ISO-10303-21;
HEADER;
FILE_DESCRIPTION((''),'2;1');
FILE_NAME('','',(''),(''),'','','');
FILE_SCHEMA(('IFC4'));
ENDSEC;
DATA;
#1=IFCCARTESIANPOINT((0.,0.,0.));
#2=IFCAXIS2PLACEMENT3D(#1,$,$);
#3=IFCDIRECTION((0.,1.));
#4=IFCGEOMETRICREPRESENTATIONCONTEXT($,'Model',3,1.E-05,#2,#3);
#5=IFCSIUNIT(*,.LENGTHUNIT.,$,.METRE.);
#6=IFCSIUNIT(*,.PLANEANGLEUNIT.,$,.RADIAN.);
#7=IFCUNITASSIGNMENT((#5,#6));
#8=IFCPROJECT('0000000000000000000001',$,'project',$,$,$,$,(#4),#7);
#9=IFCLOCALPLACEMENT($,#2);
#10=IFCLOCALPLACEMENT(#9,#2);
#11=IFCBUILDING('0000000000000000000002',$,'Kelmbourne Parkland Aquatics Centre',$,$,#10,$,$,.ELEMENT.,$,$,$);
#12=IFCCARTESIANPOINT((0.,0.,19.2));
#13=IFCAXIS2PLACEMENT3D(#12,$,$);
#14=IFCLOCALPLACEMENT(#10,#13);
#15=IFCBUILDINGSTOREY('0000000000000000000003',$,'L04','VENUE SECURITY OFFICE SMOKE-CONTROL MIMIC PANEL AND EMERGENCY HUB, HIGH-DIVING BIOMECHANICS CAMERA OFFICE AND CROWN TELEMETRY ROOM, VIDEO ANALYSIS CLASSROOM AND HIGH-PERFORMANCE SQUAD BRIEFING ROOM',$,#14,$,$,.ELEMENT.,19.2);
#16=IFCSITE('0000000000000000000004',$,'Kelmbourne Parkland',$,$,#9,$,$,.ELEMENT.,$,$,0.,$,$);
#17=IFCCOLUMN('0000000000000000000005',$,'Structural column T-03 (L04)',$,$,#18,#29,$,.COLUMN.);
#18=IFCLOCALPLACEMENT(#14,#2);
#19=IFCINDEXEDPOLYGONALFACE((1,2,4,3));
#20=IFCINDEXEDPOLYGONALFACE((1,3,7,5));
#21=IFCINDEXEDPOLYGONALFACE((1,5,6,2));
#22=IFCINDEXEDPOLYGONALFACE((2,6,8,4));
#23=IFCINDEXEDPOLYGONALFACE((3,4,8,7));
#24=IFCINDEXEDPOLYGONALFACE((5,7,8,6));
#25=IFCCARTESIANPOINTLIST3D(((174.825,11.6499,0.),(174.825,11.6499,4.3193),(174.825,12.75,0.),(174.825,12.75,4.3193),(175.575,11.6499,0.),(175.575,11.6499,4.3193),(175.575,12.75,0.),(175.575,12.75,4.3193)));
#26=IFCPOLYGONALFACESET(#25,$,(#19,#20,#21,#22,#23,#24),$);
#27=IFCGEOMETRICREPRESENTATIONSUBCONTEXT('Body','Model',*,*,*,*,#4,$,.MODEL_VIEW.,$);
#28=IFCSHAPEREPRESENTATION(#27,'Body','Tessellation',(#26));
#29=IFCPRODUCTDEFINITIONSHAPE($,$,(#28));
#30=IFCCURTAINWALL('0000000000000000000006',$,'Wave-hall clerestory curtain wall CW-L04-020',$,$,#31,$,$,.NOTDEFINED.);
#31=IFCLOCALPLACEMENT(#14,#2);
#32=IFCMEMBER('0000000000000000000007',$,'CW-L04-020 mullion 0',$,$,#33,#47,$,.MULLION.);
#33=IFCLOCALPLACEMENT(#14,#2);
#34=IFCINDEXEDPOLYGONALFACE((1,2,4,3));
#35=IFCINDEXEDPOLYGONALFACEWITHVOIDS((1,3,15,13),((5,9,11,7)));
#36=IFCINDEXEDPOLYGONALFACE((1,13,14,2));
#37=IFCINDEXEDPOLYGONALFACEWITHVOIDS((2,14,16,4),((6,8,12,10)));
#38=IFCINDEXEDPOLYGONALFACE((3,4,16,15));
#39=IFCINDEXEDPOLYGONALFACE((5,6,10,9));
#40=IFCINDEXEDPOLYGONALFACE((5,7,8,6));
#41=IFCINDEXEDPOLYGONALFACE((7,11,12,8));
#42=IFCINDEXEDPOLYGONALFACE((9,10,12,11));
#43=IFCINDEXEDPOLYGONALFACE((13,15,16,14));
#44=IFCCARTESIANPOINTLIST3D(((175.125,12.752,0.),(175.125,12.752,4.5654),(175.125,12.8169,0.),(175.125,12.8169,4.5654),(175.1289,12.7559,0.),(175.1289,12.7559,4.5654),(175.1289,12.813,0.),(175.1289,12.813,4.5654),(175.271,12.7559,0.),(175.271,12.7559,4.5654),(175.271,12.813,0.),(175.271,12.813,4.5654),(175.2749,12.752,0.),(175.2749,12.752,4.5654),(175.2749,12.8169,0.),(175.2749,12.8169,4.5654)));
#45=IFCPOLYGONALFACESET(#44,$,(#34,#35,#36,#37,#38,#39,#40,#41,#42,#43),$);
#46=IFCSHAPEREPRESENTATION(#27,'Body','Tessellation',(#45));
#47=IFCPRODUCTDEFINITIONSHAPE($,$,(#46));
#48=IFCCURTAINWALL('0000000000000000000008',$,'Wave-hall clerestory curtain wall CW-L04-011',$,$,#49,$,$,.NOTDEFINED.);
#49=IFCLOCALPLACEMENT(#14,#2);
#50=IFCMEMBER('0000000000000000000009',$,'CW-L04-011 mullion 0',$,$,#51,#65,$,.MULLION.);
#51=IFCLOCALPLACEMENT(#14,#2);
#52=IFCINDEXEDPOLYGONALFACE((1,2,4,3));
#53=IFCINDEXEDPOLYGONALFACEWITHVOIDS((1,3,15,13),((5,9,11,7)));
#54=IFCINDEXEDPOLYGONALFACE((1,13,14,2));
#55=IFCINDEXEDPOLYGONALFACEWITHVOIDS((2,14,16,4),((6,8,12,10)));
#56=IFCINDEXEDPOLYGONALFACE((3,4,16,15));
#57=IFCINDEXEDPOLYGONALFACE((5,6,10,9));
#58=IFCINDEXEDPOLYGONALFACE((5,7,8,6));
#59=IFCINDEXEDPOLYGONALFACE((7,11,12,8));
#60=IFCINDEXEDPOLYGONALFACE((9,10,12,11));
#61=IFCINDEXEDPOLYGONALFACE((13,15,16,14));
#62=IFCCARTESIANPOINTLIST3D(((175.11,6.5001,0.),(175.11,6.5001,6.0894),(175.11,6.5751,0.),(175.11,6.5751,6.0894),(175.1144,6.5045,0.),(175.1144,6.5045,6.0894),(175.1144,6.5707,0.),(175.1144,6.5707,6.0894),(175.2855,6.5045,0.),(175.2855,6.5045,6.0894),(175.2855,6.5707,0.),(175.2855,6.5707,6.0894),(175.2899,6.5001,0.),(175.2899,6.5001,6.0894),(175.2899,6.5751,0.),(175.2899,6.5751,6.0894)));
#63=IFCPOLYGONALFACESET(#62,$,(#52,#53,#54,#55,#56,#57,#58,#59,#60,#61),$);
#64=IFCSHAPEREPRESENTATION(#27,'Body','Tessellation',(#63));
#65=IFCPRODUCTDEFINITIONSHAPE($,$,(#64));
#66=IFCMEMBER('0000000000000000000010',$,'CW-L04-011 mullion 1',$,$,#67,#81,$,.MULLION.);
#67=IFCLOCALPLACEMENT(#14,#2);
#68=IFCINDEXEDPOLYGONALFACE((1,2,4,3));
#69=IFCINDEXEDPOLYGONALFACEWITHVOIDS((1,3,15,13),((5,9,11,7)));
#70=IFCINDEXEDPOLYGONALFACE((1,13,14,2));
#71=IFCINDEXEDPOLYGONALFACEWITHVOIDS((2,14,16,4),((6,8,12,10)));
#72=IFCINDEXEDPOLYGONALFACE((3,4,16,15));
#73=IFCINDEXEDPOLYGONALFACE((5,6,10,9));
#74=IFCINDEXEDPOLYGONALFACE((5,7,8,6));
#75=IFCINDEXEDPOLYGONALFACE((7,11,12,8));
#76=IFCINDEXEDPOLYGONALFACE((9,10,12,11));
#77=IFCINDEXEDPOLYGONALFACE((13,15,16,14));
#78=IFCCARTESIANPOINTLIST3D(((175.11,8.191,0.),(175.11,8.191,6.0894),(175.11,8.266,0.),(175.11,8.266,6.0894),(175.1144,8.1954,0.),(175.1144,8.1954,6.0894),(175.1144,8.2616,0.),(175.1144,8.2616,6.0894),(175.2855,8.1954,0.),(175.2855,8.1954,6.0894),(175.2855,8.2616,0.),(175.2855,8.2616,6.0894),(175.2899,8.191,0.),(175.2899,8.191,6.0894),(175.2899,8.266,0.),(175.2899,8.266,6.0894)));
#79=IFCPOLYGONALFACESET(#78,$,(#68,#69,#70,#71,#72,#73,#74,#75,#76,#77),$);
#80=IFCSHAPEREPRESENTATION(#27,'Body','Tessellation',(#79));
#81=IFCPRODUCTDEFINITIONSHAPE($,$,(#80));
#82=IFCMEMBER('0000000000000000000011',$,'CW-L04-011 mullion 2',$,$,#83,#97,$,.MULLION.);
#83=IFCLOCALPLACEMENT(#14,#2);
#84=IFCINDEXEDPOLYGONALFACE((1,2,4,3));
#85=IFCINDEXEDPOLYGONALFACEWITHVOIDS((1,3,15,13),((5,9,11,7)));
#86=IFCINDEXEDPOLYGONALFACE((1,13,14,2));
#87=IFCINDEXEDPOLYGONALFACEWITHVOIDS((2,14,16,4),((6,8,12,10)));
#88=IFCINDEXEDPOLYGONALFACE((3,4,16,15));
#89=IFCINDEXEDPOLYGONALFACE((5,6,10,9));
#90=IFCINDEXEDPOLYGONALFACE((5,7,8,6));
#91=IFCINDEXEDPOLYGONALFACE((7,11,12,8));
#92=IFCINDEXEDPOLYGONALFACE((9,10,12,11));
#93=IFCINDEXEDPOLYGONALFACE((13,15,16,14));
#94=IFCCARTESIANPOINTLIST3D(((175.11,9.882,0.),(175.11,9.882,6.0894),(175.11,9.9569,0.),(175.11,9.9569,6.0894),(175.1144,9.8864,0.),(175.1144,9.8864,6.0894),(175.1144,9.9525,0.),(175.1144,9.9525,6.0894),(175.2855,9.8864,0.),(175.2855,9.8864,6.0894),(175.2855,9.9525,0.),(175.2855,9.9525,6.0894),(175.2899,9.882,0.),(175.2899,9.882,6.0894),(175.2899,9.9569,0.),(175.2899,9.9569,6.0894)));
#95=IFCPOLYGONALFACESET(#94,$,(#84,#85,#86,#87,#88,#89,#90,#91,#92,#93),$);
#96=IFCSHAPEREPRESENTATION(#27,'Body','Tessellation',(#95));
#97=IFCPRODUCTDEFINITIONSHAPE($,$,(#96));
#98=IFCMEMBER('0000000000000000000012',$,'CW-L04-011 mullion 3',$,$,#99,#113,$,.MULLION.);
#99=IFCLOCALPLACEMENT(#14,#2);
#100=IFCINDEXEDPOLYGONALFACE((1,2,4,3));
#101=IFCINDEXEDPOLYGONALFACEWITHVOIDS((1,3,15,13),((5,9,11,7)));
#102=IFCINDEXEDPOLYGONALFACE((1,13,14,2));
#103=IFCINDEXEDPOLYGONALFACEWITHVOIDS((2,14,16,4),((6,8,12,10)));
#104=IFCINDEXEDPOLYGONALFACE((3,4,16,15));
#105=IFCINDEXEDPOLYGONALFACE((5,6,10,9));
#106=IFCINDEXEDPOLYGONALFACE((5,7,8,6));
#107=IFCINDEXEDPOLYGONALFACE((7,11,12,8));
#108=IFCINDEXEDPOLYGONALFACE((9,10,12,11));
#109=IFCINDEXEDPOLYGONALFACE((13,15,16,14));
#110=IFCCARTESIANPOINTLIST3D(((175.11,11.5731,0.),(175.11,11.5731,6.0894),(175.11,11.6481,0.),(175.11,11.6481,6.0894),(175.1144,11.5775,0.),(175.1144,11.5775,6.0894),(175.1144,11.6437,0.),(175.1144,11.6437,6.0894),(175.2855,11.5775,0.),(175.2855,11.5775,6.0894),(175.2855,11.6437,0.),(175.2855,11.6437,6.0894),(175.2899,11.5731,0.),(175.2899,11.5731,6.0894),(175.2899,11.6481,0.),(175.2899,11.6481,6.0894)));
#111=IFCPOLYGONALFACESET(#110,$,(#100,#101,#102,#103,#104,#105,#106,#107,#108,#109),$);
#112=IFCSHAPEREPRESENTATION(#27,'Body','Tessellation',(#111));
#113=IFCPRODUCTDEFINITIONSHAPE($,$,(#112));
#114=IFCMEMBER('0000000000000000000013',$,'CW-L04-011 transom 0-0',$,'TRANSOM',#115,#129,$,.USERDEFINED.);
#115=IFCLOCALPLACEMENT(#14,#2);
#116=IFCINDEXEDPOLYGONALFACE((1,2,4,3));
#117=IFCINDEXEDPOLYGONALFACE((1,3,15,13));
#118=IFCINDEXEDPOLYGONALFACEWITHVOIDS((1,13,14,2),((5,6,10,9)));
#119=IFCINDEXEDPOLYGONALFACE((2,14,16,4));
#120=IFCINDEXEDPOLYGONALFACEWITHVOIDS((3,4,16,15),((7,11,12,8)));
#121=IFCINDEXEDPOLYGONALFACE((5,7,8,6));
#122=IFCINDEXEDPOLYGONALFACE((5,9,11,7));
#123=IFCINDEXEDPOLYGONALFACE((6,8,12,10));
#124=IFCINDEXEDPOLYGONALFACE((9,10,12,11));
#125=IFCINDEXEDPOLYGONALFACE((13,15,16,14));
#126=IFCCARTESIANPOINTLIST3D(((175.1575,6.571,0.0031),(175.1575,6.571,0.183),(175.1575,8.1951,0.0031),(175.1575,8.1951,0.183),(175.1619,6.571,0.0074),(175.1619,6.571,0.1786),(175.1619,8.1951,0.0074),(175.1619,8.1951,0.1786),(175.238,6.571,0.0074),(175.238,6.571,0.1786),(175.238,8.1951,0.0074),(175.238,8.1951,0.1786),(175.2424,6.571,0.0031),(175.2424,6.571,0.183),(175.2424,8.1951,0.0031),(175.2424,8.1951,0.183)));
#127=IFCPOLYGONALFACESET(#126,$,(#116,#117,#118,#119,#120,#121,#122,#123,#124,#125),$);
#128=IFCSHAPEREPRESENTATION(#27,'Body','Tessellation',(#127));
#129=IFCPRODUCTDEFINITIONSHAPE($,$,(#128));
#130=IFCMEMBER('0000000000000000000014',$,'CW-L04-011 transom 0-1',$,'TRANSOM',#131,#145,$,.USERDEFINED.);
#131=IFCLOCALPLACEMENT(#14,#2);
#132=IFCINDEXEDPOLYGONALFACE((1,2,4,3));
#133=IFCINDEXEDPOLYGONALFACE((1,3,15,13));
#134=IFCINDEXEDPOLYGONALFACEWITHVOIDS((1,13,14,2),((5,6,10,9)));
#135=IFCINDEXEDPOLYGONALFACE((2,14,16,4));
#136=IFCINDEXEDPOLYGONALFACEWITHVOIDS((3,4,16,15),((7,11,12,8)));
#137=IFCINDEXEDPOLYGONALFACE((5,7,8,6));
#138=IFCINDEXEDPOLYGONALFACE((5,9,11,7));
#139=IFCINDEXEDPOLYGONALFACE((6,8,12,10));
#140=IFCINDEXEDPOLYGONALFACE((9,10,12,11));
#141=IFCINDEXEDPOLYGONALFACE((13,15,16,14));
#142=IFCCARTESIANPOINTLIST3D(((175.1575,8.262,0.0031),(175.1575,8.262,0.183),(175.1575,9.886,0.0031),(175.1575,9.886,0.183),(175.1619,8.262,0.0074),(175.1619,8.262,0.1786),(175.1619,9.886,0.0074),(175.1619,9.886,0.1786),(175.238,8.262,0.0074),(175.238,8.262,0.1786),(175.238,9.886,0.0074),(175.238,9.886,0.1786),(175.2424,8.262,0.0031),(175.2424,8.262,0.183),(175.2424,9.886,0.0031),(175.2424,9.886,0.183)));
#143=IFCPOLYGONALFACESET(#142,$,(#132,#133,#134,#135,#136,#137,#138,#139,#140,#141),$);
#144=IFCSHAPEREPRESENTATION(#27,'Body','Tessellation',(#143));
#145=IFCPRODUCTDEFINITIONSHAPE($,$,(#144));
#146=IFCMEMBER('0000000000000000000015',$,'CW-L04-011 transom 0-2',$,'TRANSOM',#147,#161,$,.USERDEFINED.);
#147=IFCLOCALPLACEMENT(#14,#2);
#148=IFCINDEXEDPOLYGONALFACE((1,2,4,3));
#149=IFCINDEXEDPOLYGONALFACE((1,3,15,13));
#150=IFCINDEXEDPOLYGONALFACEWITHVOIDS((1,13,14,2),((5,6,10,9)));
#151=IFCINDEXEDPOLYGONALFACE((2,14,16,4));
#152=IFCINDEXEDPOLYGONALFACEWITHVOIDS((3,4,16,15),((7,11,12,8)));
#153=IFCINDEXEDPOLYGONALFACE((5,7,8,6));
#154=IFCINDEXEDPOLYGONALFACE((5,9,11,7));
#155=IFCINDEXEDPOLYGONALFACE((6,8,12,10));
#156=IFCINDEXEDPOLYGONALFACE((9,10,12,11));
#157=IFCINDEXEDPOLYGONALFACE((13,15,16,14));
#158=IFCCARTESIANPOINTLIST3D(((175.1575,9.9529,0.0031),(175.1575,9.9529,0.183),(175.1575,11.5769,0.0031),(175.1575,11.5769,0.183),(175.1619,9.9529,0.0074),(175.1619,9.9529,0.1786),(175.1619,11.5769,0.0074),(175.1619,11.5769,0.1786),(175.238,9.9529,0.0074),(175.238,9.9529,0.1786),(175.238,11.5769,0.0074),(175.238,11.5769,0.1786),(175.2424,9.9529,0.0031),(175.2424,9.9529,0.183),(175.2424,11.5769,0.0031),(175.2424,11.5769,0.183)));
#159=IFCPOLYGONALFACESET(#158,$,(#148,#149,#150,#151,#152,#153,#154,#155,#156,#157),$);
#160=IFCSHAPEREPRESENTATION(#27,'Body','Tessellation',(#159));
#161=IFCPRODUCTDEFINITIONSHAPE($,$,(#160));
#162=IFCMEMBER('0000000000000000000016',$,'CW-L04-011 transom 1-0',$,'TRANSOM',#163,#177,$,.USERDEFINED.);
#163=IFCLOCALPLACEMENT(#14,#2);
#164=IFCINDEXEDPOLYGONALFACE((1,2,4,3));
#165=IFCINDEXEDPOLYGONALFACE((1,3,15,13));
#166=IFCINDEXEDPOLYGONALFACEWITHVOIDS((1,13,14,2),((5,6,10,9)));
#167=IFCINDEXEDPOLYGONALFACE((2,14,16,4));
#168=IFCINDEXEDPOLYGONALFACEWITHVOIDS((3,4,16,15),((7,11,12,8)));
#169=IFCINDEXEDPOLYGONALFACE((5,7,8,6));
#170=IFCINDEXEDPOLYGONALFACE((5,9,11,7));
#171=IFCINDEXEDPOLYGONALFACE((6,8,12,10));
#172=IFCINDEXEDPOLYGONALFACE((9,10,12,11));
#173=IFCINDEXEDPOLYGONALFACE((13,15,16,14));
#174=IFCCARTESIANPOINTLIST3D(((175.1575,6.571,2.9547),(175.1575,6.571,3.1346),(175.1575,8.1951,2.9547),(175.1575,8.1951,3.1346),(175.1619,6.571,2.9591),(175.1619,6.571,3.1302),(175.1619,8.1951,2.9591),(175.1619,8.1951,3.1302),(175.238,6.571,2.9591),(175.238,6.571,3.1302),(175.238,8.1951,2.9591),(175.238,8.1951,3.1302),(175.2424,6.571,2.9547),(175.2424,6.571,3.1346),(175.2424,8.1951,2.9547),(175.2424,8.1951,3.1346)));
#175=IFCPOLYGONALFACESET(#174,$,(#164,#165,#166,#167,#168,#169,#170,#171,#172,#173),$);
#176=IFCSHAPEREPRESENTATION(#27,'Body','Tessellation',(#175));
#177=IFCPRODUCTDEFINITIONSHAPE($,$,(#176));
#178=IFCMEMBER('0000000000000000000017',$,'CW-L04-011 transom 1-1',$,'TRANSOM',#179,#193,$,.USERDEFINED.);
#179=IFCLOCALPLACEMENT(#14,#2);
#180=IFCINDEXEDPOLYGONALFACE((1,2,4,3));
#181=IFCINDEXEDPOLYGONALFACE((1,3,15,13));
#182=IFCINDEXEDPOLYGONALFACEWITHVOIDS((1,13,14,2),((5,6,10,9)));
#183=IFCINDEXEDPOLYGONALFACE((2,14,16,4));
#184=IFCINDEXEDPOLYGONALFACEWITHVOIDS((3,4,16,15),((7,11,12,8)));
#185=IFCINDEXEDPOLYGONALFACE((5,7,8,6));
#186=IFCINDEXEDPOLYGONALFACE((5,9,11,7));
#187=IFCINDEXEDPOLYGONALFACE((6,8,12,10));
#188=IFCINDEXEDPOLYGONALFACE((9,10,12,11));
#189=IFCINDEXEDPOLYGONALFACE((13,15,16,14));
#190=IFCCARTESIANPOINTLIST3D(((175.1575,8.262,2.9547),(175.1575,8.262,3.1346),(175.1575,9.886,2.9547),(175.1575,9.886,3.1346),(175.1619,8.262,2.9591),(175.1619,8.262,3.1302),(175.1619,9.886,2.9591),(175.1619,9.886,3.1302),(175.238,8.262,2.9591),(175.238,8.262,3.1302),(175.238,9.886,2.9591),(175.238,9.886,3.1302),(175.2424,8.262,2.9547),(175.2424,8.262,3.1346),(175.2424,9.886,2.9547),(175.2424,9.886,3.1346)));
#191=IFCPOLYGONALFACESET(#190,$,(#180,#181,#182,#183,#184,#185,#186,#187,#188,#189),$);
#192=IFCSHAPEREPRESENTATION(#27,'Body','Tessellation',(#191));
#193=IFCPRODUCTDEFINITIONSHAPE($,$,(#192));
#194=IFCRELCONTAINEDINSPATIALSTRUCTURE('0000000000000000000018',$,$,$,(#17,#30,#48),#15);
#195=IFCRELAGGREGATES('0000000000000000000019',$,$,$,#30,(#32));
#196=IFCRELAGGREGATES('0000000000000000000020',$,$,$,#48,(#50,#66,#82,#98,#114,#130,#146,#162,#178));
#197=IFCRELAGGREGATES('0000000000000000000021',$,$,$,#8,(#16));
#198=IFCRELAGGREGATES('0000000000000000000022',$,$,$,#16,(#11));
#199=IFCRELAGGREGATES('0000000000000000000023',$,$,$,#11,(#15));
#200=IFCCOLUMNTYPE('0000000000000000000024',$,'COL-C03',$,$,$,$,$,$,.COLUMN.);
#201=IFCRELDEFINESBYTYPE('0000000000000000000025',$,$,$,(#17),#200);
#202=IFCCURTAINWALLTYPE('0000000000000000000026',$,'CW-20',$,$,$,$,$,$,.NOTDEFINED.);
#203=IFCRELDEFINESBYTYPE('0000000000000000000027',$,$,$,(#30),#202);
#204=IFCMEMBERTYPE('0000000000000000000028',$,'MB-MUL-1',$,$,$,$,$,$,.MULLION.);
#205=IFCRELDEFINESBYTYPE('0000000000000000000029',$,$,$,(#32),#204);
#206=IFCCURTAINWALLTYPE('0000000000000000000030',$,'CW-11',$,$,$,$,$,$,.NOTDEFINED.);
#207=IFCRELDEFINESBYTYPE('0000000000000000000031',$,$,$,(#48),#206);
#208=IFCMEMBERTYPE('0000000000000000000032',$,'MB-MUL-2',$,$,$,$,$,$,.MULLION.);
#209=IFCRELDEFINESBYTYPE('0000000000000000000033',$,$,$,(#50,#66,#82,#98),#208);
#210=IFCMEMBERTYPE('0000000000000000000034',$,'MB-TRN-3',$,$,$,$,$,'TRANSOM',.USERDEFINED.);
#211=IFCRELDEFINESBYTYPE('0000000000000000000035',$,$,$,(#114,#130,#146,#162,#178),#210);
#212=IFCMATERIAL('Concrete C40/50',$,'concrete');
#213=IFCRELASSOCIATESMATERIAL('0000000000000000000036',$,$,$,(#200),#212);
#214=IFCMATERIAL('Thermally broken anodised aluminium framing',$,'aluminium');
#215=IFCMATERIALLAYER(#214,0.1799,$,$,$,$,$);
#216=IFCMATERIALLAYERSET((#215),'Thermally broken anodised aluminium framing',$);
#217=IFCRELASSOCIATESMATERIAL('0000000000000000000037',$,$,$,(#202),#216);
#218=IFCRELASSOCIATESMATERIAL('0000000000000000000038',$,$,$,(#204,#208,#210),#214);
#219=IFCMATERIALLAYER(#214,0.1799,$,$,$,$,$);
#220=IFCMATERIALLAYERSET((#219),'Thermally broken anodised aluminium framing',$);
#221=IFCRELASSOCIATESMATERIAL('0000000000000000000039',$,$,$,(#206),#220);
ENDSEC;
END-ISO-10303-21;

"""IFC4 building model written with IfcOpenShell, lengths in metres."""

from ifc_helpers import new_model, si_unit, direction, frame, origin, origin_2d, place, context, subcontext, project, spatial, rectangle, hollow_rectangle, extrude, material, layer, layer_set, material_profile, profile_set, type_object, element, aggregate, save


model = new_model("IFC4")

# Units and contexts
model_context = context("Model", 3, precision=1e-05, world=origin(), true_north=direction((0.0, 1.0)))
body_context = subcontext(model_context, "Body", "Model", "MODEL_VIEW")
ifc_project = project(units=[si_unit("LENGTHUNIT", "METRE"), si_unit("PLANEANGLEUNIT", "RADIAN")], contexts=[model_context])

# Site, building, storey
site_placement = place(None, origin())
site = spatial("IfcSite", under=ifc_project, at=site_placement, Name="Kelmbourne Parkland", CompositionType="ELEMENT", RefElevation=0.0)
building_placement = place(site_placement, origin())
building = spatial("IfcBuilding", under=site, at=building_placement, Name="Kelmbourne Parkland Aquatics Centre", CompositionType="ELEMENT")
storey_placement = place(building_placement, frame((0.0, 0.0, 19.2)))
storey = spatial("IfcBuildingStorey", under=building, at=storey_placement, Name="L04", Description="VENUE SECURITY OFFICE SMOKE-CONTROL MIMIC PANEL AND EMERGENCY HUB, HIGH-DIVING BIOMECHANICS CAMERA OFFICE AND CROWN TELEMETRY ROOM, VIDEO ANALYSIS CLASSROOM AND HIGH-PERFORMANCE SQUAD BRIEFING ROOM", CompositionType="ELEMENT", Elevation=19.2)

# Column
ifc_material_1 = material(Name="Concrete C40/50", Category="concrete")
ifc_material_profile_1 = material_profile(ifc_material_1, rectangle(XDim=0.75, YDim=1.1001, at=origin_2d()), Name="RC 750x1100")
ifc_profile_set_1 = profile_set([ifc_material_profile_1], Name="Concrete C40/50")
column_type = type_object("IfcColumnType", Name="COL-C03", PredefinedType="COLUMN", material=ifc_profile_set_1)
column_placement = place(storey_placement, frame((175.2, 12.2, 0.0), z_axis=(0.0, 0.0, 1.0), x_axis=(1.0, 0.0, 0.0)))
element("IfcColumn", 1, at=column_placement, inside=storey, type_object=column_type, Name="Structural column T-03 (L04)", PredefinedType="COLUMN", context=body_context, shape_type="SweptSolid", body=[
    extrude(rectangle(XDim=0.75, YDim=1.1001, at=origin_2d()), origin(), (0.0, 0.0, 1.0), 4.3193),
])

# Curtain wall, member
ifc_material_2 = material(Name="Thermally broken anodised aluminium framing", Category="aluminium")
ifc_layer_1 = layer(ifc_material_2, 0.1799)
ifc_layer_set_1 = layer_set([ifc_layer_1], Name="Thermally broken anodised aluminium framing")
curtain_wall_type_1 = type_object("IfcCurtainWallType", Name="CW-20", PredefinedType="NOTDEFINED", material=ifc_layer_set_1)
curtain_wall_1_placement = place(storey_placement, origin())
curtain_wall_1 = element("IfcCurtainWall", 2, at=curtain_wall_1_placement, inside=storey, type_object=curtain_wall_type_1, Name="Wave-hall clerestory curtain wall CW-L04-020", PredefinedType="NOTDEFINED")
ifc_material_profile_2 = material_profile(ifc_material_2, hollow_rectangle(XDim=0.0649, YDim=0.1499, WallThickness=0.0039, at=origin_2d()), Name="CW-M 65x150")
ifc_profile_set_2 = profile_set([ifc_material_profile_2], Name="Thermally broken anodised aluminium framing")
member_type_1 = type_object("IfcMemberType", Name="MB-MUL-1", PredefinedType="MULLION", material=ifc_profile_set_2)
member_1_placement = place(storey_placement, frame((175.2, 12.7844, 0.0), z_axis=(0.0, 0.0, 1.0), x_axis=(0.0, 1.0, 0.0)))
member_1 = element("IfcMember", 3, at=member_1_placement, type_object=member_type_1, Name="CW-L04-020 mullion 0", PredefinedType="MULLION", context=body_context, shape_type="SweptSolid", body=[
    extrude(hollow_rectangle(XDim=0.0649, YDim=0.1499, WallThickness=0.0039, at=origin_2d()), origin(), (0.0, 0.0, 1.0), 4.5654),
])

# Curtain wall, members
ifc_layer_2 = layer(ifc_material_2, 0.1799)
ifc_layer_set_2 = layer_set([ifc_layer_2], Name="Thermally broken anodised aluminium framing")
curtain_wall_type_2 = type_object("IfcCurtainWallType", Name="CW-11", PredefinedType="NOTDEFINED", material=ifc_layer_set_2)
curtain_wall_2_placement = place(storey_placement, origin())
curtain_wall_2 = element("IfcCurtainWall", 4, at=curtain_wall_2_placement, inside=storey, type_object=curtain_wall_type_2, Name="Wave-hall clerestory curtain wall CW-L04-011", PredefinedType="NOTDEFINED")
ifc_material_profile_3 = material_profile(ifc_material_2, hollow_rectangle(XDim=0.075, YDim=0.1799, WallThickness=0.0044, at=origin_2d()), Name="CW-M 75x180")
ifc_profile_set_3 = profile_set([ifc_material_profile_3], Name="Thermally broken anodised aluminium framing")
member_type_2 = type_object("IfcMemberType", Name="MB-MUL-2", PredefinedType="MULLION", material=ifc_profile_set_3)
member_2_placement = place(storey_placement, frame((175.2, 6.5376, 0.0), z_axis=(0.0, 0.0, 1.0), x_axis=(0.0, 1.0, 0.0)))
member_2 = element("IfcMember", 5, at=member_2_placement, type_object=member_type_2, Name="CW-L04-011 mullion 0", PredefinedType="MULLION", context=body_context, shape_type="SweptSolid", body=[
    extrude(hollow_rectangle(XDim=0.075, YDim=0.1799, WallThickness=0.0044, at=origin_2d()), origin(), (0.0, 0.0, 1.0), 6.0894),
])
member_3_placement = place(storey_placement, frame((175.2, 8.2285, 0.0), z_axis=(0.0, 0.0, 1.0), x_axis=(0.0, 1.0, 0.0)))
member_3 = element("IfcMember", 6, at=member_3_placement, type_object=member_type_2, Name="CW-L04-011 mullion 1", PredefinedType="MULLION", context=body_context, shape_type="SweptSolid", body=[
    extrude(hollow_rectangle(XDim=0.075, YDim=0.1799, WallThickness=0.0044, at=origin_2d()), origin(), (0.0, 0.0, 1.0), 6.0894),
])
member_4_placement = place(storey_placement, frame((175.2, 9.9194, 0.0), z_axis=(0.0, 0.0, 1.0), x_axis=(0.0, 1.0, 0.0)))
member_4 = element("IfcMember", 7, at=member_4_placement, type_object=member_type_2, Name="CW-L04-011 mullion 2", PredefinedType="MULLION", context=body_context, shape_type="SweptSolid", body=[
    extrude(hollow_rectangle(XDim=0.075, YDim=0.1799, WallThickness=0.0044, at=origin_2d()), origin(), (0.0, 0.0, 1.0), 6.0894),
])
member_5_placement = place(storey_placement, frame((175.2, 11.6106, 0.0), z_axis=(0.0, 0.0, 1.0), x_axis=(0.0, 1.0, 0.0)))
member_5 = element("IfcMember", 8, at=member_5_placement, type_object=member_type_2, Name="CW-L04-011 mullion 3", PredefinedType="MULLION", context=body_context, shape_type="SweptSolid", body=[
    extrude(hollow_rectangle(XDim=0.075, YDim=0.1799, WallThickness=0.0044, at=origin_2d()), origin(), (0.0, 0.0, 1.0), 6.0894),
])
ifc_material_profile_4 = material_profile(ifc_material_2, hollow_rectangle(XDim=0.085, YDim=0.1799, WallThickness=0.0044, at=origin_2d()), Name="CW-T 85x180")
ifc_profile_set_4 = profile_set([ifc_material_profile_4], Name="Thermally broken anodised aluminium framing")
member_type_3 = type_object("IfcMemberType", Name="MB-TRN-3", ElementType="TRANSOM", PredefinedType="USERDEFINED", material=ifc_profile_set_4)
member_6_placement = place(storey_placement, frame((175.2, 6.571, 0.093), z_axis=(0.0, 1.0, 0.0), x_axis=(-1.0, 0.0, 0.0)))
member_6 = element("IfcMember", 9, at=member_6_placement, type_object=member_type_3, Name="CW-L04-011 transom 0-0", ObjectType="TRANSOM", PredefinedType="USERDEFINED", context=body_context, shape_type="SweptSolid", body=[
    extrude(hollow_rectangle(XDim=0.085, YDim=0.1799, WallThickness=0.0044, at=origin_2d()), origin(), (0.0, 0.0, 1.0), 1.624),
])
member_7_placement = place(storey_placement, frame((175.2, 8.262, 0.093), z_axis=(0.0, 1.0, 0.0), x_axis=(-1.0, 0.0, 0.0)))
member_7 = element("IfcMember", 10, at=member_7_placement, type_object=member_type_3, Name="CW-L04-011 transom 0-1", ObjectType="TRANSOM", PredefinedType="USERDEFINED", context=body_context, shape_type="SweptSolid", body=[
    extrude(hollow_rectangle(XDim=0.085, YDim=0.1799, WallThickness=0.0044, at=origin_2d()), origin(), (0.0, 0.0, 1.0), 1.624),
])
member_8_placement = place(storey_placement, frame((175.2, 9.9529, 0.093), z_axis=(0.0, 1.0, 0.0), x_axis=(-1.0, 0.0, 0.0)))
member_8 = element("IfcMember", 11, at=member_8_placement, type_object=member_type_3, Name="CW-L04-011 transom 0-2", ObjectType="TRANSOM", PredefinedType="USERDEFINED", context=body_context, shape_type="SweptSolid", body=[
    extrude(hollow_rectangle(XDim=0.085, YDim=0.1799, WallThickness=0.0044, at=origin_2d()), origin(), (0.0, 0.0, 1.0), 1.624),
])
member_9_placement = place(storey_placement, frame((175.2, 6.571, 3.0447), z_axis=(0.0, 1.0, 0.0), x_axis=(-1.0, 0.0, 0.0)))
member_9 = element("IfcMember", 12, at=member_9_placement, type_object=member_type_3, Name="CW-L04-011 transom 1-0", ObjectType="TRANSOM", PredefinedType="USERDEFINED", context=body_context, shape_type="SweptSolid", body=[
    extrude(hollow_rectangle(XDim=0.085, YDim=0.1799, WallThickness=0.0044, at=origin_2d()), origin(), (0.0, 0.0, 1.0), 1.624),
])
member_10_placement = place(storey_placement, frame((175.2, 8.262, 3.0447), z_axis=(0.0, 1.0, 0.0), x_axis=(-1.0, 0.0, 0.0)))
member_10 = element("IfcMember", 13, at=member_10_placement, type_object=member_type_3, Name="CW-L04-011 transom 1-1", ObjectType="TRANSOM", PredefinedType="USERDEFINED", context=body_context, shape_type="SweptSolid", body=[
    extrude(hollow_rectangle(XDim=0.085, YDim=0.1799, WallThickness=0.0044, at=origin_2d()), origin(), (0.0, 0.0, 1.0), 1.624),
])

aggregate(curtain_wall_1, [member_1])

aggregate(curtain_wall_2, [member_2, member_3, member_4, member_5, member_6, member_7, member_8, member_9, member_10])

save(model, "model.ifc")
